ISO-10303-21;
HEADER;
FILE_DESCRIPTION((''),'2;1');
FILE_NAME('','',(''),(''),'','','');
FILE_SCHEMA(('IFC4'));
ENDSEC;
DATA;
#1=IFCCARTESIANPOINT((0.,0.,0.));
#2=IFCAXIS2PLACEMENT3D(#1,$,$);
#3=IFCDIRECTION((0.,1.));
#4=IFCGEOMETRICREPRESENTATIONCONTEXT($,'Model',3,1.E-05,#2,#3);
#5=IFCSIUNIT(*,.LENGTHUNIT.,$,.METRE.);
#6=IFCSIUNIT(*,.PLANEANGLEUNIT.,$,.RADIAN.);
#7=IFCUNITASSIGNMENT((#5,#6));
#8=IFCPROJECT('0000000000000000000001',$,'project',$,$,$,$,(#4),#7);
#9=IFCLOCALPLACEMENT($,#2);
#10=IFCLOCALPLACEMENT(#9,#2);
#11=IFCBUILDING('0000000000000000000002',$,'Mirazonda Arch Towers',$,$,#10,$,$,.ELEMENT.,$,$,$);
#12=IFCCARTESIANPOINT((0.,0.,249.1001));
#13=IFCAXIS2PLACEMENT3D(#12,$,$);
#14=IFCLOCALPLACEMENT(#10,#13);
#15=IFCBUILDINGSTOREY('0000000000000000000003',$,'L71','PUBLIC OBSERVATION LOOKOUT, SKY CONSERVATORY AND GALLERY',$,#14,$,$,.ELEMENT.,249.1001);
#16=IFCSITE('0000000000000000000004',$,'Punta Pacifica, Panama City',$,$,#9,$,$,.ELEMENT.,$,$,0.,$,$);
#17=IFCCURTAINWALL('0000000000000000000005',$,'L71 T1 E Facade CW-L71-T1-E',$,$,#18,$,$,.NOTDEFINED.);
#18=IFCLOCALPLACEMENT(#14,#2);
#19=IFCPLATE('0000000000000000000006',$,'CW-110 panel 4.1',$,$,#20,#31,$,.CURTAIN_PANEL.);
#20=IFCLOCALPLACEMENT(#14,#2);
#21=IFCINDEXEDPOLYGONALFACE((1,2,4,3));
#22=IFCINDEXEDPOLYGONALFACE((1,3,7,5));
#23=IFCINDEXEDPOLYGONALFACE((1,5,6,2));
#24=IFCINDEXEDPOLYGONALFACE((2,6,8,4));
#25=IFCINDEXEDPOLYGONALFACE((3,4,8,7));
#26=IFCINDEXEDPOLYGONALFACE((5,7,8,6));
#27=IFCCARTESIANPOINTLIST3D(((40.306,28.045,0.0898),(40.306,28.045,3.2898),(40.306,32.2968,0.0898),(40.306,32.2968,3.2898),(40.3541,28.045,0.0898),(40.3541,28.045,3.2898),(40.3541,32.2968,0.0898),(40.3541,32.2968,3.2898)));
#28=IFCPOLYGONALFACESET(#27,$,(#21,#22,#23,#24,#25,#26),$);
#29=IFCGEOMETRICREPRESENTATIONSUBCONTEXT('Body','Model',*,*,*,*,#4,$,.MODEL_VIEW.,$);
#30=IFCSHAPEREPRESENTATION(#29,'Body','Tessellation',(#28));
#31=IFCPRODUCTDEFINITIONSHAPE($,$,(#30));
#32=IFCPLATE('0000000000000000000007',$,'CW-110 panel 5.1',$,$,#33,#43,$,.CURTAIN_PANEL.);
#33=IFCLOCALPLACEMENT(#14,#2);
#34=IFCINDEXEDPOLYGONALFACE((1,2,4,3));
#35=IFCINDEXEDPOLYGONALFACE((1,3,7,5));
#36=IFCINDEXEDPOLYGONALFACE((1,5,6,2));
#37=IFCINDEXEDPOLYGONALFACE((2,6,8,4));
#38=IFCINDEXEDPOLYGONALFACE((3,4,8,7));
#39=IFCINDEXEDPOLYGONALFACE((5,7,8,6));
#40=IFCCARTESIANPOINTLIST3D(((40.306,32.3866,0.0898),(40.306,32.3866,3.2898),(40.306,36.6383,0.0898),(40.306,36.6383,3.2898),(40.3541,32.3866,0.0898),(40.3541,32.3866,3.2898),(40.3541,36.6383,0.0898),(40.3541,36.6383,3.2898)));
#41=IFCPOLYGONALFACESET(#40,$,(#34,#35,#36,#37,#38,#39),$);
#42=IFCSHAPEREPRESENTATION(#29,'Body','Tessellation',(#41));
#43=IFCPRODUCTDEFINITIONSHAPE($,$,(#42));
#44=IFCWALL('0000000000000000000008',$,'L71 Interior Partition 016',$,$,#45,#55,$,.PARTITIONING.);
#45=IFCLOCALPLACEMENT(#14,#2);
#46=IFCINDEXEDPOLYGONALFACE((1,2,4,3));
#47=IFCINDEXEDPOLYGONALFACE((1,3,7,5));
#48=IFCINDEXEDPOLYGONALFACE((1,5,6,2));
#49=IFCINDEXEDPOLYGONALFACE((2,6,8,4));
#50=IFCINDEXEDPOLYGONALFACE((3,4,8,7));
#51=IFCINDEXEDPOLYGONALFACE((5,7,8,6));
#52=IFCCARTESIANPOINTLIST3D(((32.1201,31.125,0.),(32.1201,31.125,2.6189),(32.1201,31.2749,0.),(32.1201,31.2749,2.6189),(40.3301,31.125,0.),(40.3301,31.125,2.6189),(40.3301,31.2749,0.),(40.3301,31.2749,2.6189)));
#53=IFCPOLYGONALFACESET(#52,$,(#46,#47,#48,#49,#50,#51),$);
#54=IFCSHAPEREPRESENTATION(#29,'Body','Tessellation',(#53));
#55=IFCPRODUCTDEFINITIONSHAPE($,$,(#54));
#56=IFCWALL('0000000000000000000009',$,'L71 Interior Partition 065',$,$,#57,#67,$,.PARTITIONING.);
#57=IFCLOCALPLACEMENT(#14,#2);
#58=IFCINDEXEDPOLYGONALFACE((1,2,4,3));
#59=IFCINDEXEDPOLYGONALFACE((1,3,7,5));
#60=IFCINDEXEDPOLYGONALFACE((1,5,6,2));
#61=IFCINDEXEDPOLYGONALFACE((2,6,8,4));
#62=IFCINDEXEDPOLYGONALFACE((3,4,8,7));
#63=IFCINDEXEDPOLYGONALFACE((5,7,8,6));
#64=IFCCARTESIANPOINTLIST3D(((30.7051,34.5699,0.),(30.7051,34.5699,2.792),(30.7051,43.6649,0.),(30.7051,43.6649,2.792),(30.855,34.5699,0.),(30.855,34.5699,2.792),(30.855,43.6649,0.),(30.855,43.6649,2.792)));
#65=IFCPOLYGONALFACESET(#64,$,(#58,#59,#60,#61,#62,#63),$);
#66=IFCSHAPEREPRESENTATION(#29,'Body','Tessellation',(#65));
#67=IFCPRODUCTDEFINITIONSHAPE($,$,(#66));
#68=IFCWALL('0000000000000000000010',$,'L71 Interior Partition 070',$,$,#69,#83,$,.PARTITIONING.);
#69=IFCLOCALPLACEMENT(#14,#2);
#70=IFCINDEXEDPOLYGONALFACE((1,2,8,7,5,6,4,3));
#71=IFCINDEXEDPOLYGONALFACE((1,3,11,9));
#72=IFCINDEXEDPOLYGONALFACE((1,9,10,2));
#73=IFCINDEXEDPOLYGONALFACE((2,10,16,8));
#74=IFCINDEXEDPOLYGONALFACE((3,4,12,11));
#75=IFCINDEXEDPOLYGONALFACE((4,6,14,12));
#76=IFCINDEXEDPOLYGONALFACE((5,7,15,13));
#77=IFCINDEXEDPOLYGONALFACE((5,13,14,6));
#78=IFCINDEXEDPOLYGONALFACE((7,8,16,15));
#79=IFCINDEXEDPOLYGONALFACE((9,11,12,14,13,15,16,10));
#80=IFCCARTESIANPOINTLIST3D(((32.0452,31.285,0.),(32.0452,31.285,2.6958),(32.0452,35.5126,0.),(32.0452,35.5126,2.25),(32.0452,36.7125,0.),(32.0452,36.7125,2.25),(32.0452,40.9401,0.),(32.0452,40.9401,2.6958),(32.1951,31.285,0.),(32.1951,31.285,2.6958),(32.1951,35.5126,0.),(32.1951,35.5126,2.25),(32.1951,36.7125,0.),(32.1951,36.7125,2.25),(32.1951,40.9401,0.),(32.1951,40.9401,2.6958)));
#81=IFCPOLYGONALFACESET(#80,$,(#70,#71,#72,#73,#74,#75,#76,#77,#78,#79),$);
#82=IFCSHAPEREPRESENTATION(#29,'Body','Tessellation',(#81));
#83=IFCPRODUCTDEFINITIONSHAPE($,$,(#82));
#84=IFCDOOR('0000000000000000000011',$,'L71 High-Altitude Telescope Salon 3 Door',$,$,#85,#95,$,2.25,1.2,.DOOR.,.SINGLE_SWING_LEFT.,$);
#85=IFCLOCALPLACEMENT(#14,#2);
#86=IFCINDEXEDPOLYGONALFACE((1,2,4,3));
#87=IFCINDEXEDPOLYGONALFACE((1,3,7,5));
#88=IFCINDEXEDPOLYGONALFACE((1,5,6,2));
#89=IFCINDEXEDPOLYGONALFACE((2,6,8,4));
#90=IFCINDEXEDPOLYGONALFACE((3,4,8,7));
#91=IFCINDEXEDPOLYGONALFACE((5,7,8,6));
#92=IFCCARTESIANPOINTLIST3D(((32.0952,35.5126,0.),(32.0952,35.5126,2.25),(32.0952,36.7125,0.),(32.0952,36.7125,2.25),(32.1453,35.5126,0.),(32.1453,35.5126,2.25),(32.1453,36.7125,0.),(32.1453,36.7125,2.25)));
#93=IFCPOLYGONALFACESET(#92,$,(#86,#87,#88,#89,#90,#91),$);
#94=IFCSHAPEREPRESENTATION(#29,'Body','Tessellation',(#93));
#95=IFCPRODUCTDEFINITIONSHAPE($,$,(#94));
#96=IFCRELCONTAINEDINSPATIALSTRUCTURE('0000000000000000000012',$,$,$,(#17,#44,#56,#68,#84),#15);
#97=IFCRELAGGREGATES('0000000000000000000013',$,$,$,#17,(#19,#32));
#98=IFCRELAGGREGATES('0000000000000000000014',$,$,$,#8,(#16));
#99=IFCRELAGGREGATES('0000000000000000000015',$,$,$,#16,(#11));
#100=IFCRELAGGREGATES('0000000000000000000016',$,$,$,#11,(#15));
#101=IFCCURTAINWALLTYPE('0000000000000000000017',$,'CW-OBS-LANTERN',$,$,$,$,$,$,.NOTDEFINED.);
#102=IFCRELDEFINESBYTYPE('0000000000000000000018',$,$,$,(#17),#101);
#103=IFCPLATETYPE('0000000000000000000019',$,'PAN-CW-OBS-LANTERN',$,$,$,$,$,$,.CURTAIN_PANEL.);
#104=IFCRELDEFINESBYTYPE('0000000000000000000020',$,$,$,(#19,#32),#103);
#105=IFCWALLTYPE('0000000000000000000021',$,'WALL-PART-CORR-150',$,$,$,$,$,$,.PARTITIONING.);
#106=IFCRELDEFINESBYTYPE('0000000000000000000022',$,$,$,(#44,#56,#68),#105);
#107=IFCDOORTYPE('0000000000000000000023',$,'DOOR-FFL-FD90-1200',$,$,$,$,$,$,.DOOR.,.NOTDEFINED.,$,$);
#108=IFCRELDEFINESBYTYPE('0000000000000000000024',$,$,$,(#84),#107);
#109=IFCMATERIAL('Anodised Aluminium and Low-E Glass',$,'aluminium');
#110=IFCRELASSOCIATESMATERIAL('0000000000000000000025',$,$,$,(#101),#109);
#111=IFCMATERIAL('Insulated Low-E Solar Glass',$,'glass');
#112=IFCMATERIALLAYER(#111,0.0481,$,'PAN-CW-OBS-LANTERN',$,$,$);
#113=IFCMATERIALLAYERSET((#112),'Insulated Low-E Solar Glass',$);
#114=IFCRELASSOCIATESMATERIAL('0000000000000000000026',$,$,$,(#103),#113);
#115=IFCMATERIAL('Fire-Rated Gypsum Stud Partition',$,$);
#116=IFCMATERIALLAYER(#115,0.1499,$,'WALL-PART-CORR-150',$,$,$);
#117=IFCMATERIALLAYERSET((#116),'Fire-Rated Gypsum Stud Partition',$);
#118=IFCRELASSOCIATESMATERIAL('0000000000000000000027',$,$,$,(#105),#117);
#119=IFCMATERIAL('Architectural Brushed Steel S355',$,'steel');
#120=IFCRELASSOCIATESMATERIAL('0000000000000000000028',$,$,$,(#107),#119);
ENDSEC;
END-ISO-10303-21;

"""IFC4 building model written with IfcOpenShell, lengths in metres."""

from ifc_helpers import new_model, si_unit, direction, frame, frame_2d, origin, origin_2d, place, context, subcontext, project, spatial, rectangle, extrude, material, layer, layer_set, type_object, element, fill, aggregate, save


model = new_model("IFC4")

# Units and contexts
model_context = context("Model", 3, precision=1e-05, world=origin(), true_north=direction((0.0, 1.0)))
body_context = subcontext(model_context, "Body", "Model", "MODEL_VIEW")
ifc_project = project(units=[si_unit("LENGTHUNIT", "METRE"), si_unit("PLANEANGLEUNIT", "RADIAN")], contexts=[model_context])

# Site, building, storey
site_placement = place(None, origin())
site = spatial("IfcSite", under=ifc_project, at=site_placement, Name="Punta Pacifica, Panama City", CompositionType="ELEMENT", RefElevation=0.0)
building_placement = place(site_placement, origin())
building = spatial("IfcBuilding", under=site, at=building_placement, Name="Mirazonda Arch Towers", CompositionType="ELEMENT")
storey_placement = place(building_placement, frame((0.0, 0.0, 249.1001)))
storey = spatial("IfcBuildingStorey", under=building, at=storey_placement, Name="L71", Description="PUBLIC OBSERVATION LOOKOUT, SKY CONSERVATORY AND GALLERY", CompositionType="ELEMENT", Elevation=249.1001)

# Curtain wall, plates
ifc_material_1 = material(Name="Anodised Aluminium and Low-E Glass", Category="aluminium")
curtain_wall_type = type_object("IfcCurtainWallType", Name="CW-OBS-LANTERN", PredefinedType="NOTDEFINED", material=ifc_material_1)
curtain_wall_placement = place(storey_placement, origin())
curtain_wall = element("IfcCurtainWall", 1, at=curtain_wall_placement, inside=storey, type_object=curtain_wall_type, Name="L71 T1 E Facade CW-L71-T1-E", PredefinedType="NOTDEFINED")
ifc_material_2 = material(Name="Insulated Low-E Solar Glass", Category="glass")
ifc_layer_1 = layer(ifc_material_2, 0.0481, Name="PAN-CW-OBS-LANTERN")
ifc_layer_set_1 = layer_set([ifc_layer_1], Name="Insulated Low-E Solar Glass")
plate_type = type_object("IfcPlateType", Name="PAN-CW-OBS-LANTERN", PredefinedType="CURTAIN_PANEL", material=ifc_layer_set_1)
plate_1_placement = place(storey_placement, frame((40.3301, 30.1709, 0.0898), z_axis=(0.0, 0.0, 1.0), x_axis=(0.0, 1.0, 0.0)))
plate_1 = element("IfcPlate", 2, at=plate_1_placement, type_object=plate_type, Name="CW-110 panel 4.1", PredefinedType="CURTAIN_PANEL", context=body_context, shape_type="SweptSolid", body=[
    extrude(rectangle(XDim=4.2517, YDim=0.0481, at=origin_2d()), origin(), (0.0, 0.0, 1.0), 3.2),
])
plate_2_placement = place(storey_placement, frame((40.3301, 34.5125, 0.0898), z_axis=(0.0, 0.0, 1.0), x_axis=(0.0, 1.0, 0.0)))
plate_2 = element("IfcPlate", 3, at=plate_2_placement, type_object=plate_type, Name="CW-110 panel 5.1", PredefinedType="CURTAIN_PANEL", context=body_context, shape_type="SweptSolid", body=[
    extrude(rectangle(XDim=4.2517, YDim=0.0481, at=origin_2d()), origin(), (0.0, 0.0, 1.0), 3.2),
])
aggregate(curtain_wall, [plate_1, plate_2])

# Walls
ifc_material_3 = material(Name="Fire-Rated Gypsum Stud Partition")
ifc_layer_2 = layer(ifc_material_3, 0.1499, Name="WALL-PART-CORR-150")
ifc_layer_set_2 = layer_set([ifc_layer_2], Name="Fire-Rated Gypsum Stud Partition")
wall_type = type_object("IfcWallType", Name="WALL-PART-CORR-150", PredefinedType="PARTITIONING", material=ifc_layer_set_2)
wall_1_placement = place(storey_placement, frame((32.1201, 31.2, 0.0), z_axis=(0.0, 0.0, 1.0), x_axis=(1.0, 0.0, 0.0)))
element("IfcWall", 4, at=wall_1_placement, inside=storey, type_object=wall_type, Name="L71 Interior Partition 016", PredefinedType="PARTITIONING", context=body_context, shape_type="SweptSolid", body=[
    extrude(rectangle(XDim=8.21, YDim=0.1499, at=frame_2d((4.105, 0.0))), origin(), (0.0, 0.0, 1.0), 2.6189),
])
wall_2_placement = place(storey_placement, frame((30.78, 34.5701, 0.0), z_axis=(0.0, 0.0, 1.0), x_axis=(0.0, 1.0, 0.0)))
element("IfcWall", 5, at=wall_2_placement, inside=storey, type_object=wall_type, Name="L71 Interior Partition 065", PredefinedType="PARTITIONING", context=body_context, shape_type="SweptSolid", body=[
    extrude(rectangle(XDim=9.095, YDim=0.1499, at=frame_2d((4.5474, 0.0))), origin(), (0.0, 0.0, 1.0), 2.792),
])

# Wall, opening, door
wall_3_placement = place(storey_placement, frame((32.1201, 31.2849, 0.0), z_axis=(0.0, 0.0, 1.0), x_axis=(0.0, 1.0, 0.0)))
wall_3 = element("IfcWall", 6, at=wall_3_placement, inside=storey, type_object=wall_type, Name="L71 Interior Partition 070", PredefinedType="PARTITIONING", context=body_context, shape_type="SweptSolid", body=[
    extrude(rectangle(XDim=9.655, YDim=0.1499, at=frame_2d((4.8276, 0.0))), origin(), (0.0, 0.0, 1.0), 2.6958),
])
opening_placement = place(wall_3_placement, frame((4.2275, 0.0, 0.0)))
opening = element("IfcOpeningElement", 7, at=opening_placement, cuts=wall_3, PredefinedType="OPENING", context=body_context, shape_type="SweptSolid", body=[
    extrude(rectangle(XDim=1.2, YDim=2.25, at=frame_2d((0.6001, 1.125))), frame((0.0, 0.085, 0.0), z_axis=(0.0, -1.0, 0.0), x_axis=(1.0, 0.0, 0.0)), (0.0, 0.0, 1.0), 0.1699),
])
ifc_material_4 = material(Name="Architectural Brushed Steel S355", Category="steel")
door_type = type_object("IfcDoorType", Name="DOOR-FFL-FD90-1200", OperationType="NOTDEFINED", PredefinedType="DOOR", material=ifc_material_4)
door_placement = place(opening_placement, origin())
door = element("IfcDoor", 8, at=door_placement, inside=storey, type_object=door_type, Name="L71 High-Altitude Telescope Salon 3 Door", OperationType="SINGLE_SWING_LEFT", OverallHeight=2.25, OverallWidth=1.2, PredefinedType="DOOR", context=body_context, shape_type="SweptSolid", body=[
    extrude(rectangle(XDim=1.2, YDim=2.25, at=frame_2d((0.6001, 1.125))), frame((0.0, 0.0249, 0.0), z_axis=(0.0, -1.0, 0.0), x_axis=(1.0, 0.0, 0.0)), (0.0, 0.0, 1.0), 0.05),
])
fill(opening, door)

save(model, "model.ifc")
